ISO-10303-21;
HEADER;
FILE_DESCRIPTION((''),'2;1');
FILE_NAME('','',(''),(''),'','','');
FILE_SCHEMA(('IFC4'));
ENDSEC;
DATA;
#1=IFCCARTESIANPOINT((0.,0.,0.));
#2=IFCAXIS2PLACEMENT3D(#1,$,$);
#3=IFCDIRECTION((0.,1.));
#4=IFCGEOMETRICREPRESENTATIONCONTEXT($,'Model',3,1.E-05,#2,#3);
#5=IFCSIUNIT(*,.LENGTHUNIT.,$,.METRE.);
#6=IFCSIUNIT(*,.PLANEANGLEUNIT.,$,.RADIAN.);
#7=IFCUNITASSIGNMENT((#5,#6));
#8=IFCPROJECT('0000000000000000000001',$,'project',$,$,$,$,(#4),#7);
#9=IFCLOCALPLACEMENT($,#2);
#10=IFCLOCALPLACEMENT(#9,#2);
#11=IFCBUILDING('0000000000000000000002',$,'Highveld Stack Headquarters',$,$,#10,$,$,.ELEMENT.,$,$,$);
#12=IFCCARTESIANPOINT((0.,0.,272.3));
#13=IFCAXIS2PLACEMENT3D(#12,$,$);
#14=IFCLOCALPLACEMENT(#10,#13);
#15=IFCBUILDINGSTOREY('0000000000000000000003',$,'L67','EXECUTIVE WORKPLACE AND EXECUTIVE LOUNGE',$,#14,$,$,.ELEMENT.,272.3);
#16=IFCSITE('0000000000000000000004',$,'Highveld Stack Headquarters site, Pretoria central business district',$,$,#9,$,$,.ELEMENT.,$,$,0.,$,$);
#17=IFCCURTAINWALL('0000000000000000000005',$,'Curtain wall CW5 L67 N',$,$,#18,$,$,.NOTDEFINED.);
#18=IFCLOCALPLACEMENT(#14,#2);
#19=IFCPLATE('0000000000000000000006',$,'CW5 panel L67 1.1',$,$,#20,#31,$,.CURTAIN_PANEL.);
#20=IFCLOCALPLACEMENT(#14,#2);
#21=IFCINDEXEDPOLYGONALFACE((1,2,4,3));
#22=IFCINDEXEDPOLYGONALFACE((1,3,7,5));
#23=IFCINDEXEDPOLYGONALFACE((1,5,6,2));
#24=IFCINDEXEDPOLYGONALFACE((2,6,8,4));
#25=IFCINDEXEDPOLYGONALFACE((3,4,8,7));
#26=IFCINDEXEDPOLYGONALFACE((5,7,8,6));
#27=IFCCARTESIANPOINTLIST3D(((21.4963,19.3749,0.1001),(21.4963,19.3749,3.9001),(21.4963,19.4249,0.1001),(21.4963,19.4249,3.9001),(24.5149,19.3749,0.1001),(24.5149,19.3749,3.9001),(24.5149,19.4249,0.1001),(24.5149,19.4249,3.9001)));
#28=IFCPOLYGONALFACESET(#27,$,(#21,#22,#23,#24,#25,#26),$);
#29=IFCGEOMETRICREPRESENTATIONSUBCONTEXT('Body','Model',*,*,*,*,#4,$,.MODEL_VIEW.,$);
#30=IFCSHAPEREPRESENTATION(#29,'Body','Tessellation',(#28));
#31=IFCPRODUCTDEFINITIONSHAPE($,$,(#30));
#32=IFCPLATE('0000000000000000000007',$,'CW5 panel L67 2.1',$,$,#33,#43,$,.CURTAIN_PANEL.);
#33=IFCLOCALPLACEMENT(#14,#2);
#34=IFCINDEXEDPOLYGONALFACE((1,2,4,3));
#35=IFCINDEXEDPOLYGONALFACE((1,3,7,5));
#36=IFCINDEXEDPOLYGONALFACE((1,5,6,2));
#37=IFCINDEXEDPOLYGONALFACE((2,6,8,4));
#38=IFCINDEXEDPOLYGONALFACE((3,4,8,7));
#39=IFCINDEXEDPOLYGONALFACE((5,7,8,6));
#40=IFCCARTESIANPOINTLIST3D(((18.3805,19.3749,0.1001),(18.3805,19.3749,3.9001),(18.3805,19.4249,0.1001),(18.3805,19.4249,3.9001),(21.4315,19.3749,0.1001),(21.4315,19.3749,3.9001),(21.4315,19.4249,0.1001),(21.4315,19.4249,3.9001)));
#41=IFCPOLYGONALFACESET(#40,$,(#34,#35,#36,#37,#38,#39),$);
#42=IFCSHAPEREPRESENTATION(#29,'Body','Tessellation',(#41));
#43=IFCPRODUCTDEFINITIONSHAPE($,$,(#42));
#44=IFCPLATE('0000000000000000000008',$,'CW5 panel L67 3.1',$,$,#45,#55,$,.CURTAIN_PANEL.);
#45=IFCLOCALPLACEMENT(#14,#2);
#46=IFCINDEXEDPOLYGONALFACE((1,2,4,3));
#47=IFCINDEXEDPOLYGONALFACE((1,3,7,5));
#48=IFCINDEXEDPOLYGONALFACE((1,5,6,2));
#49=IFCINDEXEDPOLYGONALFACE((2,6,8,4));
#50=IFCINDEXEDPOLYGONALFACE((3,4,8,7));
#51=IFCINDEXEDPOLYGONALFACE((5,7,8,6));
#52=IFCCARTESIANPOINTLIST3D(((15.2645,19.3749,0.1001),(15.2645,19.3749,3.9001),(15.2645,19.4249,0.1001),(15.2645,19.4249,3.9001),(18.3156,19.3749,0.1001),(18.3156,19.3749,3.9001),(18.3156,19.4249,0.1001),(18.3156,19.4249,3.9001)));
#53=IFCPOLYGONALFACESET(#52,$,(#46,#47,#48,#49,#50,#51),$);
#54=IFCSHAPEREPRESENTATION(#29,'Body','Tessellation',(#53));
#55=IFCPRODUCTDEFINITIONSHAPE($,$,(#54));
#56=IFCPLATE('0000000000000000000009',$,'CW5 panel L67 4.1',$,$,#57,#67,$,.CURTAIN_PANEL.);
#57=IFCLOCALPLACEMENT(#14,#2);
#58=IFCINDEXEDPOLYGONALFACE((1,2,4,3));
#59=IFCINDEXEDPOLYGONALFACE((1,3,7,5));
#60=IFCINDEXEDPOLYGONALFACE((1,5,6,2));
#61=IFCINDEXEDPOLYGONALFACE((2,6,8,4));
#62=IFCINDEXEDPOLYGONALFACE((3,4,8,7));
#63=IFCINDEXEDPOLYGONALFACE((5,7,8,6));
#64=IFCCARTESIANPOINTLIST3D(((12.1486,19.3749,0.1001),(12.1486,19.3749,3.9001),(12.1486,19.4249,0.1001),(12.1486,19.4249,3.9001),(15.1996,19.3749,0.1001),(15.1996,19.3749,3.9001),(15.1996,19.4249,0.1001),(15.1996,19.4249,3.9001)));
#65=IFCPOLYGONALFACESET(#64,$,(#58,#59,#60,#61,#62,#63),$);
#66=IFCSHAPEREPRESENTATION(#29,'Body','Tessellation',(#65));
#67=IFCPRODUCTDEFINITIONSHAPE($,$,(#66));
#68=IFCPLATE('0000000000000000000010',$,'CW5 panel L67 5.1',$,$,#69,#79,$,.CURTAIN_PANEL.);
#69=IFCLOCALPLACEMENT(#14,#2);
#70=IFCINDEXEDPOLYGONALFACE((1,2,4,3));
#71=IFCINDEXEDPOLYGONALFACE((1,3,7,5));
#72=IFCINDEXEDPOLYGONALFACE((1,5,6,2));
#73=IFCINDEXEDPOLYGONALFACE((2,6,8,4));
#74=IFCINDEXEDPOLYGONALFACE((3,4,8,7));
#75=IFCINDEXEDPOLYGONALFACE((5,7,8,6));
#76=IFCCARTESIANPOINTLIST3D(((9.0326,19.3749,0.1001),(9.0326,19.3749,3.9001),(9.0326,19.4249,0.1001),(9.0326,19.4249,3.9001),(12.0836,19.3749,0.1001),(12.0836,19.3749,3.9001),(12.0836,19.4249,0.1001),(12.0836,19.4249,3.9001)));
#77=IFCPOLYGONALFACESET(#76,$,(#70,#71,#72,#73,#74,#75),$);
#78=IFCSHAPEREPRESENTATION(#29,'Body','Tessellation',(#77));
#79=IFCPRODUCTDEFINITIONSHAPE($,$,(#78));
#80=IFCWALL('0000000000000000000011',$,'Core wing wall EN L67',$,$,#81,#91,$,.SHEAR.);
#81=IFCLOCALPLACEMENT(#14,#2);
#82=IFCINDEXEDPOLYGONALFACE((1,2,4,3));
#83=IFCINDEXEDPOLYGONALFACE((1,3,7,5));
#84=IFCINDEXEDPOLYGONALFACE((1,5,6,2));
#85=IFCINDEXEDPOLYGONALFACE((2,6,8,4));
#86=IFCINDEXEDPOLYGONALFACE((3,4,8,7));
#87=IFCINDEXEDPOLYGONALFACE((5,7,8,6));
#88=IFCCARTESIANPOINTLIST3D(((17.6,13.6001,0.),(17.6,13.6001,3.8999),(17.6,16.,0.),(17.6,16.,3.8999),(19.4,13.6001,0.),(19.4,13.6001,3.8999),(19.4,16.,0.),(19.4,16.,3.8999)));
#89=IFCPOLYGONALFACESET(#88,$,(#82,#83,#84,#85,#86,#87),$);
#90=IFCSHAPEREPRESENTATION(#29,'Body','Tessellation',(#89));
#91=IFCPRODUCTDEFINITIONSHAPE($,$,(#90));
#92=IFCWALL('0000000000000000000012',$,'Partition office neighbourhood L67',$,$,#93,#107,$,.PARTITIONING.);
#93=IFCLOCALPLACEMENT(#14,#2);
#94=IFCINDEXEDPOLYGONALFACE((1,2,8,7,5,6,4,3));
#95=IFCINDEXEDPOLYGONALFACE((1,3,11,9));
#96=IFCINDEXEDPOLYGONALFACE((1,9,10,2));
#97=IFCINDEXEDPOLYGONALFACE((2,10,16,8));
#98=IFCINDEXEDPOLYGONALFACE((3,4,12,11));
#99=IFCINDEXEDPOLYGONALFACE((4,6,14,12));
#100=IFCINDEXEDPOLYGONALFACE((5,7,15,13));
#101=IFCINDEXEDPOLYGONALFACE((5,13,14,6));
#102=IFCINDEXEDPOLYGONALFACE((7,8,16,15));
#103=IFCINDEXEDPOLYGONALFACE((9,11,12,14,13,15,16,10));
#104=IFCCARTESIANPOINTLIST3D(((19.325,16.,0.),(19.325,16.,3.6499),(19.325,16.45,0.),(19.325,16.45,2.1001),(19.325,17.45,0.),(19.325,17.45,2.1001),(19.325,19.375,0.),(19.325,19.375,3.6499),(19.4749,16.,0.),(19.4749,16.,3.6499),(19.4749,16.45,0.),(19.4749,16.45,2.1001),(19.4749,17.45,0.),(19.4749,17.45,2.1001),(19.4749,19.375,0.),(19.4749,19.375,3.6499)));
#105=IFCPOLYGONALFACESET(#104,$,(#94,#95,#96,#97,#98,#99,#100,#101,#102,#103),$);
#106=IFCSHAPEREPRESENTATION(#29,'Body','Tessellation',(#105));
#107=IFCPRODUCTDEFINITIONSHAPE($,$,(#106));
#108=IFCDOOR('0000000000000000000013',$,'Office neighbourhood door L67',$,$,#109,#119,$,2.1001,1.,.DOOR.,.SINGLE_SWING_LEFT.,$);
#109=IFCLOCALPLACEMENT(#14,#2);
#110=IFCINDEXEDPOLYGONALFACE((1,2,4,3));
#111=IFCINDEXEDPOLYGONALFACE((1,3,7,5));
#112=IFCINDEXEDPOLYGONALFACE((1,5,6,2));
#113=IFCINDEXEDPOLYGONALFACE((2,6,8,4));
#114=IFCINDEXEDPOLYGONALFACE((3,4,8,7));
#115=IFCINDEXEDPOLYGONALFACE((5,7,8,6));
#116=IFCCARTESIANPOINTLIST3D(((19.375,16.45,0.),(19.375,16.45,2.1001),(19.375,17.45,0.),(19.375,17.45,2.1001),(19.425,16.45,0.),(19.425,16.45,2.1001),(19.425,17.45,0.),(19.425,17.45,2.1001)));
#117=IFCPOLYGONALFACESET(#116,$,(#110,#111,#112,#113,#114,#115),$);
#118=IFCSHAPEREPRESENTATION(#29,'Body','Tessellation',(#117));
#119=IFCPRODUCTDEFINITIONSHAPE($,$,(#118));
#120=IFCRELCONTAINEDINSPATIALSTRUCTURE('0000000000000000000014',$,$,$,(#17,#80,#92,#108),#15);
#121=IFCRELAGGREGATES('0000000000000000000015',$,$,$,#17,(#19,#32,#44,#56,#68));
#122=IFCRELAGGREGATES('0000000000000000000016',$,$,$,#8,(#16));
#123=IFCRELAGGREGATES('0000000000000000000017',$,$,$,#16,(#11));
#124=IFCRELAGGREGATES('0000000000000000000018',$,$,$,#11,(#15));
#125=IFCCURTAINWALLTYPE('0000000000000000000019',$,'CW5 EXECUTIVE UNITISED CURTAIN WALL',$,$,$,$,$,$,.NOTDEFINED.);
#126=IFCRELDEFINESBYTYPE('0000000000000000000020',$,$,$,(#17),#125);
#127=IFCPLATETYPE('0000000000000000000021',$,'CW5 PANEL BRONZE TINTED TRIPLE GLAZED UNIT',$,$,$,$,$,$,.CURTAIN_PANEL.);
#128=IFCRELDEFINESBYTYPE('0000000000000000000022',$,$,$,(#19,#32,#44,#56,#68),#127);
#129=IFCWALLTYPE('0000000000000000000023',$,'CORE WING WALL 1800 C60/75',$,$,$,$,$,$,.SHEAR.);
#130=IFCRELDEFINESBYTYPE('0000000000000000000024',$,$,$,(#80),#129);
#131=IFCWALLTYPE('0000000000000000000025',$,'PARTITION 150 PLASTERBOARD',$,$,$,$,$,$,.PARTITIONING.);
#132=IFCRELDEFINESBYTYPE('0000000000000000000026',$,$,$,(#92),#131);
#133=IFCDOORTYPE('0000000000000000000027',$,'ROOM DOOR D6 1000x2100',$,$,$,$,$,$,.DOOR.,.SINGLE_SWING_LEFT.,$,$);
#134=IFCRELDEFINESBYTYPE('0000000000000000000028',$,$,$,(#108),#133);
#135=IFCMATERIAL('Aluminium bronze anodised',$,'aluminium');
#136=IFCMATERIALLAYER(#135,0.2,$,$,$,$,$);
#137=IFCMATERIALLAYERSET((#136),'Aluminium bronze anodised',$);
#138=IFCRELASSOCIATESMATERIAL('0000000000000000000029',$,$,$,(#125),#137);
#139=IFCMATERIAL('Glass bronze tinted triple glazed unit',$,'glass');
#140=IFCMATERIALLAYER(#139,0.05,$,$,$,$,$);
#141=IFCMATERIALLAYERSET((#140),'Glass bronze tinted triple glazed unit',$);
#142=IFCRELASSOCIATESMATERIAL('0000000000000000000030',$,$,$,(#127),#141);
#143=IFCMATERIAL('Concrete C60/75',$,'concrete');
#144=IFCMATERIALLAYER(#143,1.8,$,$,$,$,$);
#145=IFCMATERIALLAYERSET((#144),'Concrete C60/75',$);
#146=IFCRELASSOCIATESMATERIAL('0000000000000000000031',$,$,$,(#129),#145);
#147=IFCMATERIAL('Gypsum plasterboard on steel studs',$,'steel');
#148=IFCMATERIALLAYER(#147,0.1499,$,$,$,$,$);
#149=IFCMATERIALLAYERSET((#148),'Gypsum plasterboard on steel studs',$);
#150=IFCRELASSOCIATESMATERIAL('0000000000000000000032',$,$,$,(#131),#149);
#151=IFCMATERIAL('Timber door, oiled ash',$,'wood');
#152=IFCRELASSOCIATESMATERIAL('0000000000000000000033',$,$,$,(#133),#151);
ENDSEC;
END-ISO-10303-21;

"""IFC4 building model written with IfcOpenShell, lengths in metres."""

from ifc_helpers import new_model, si_unit, direction, frame, frame_2d, origin, origin_2d, place, context, subcontext, project, spatial, rectangle, extrude, material, layer, layer_set, type_object, element, fill, aggregate, save


model = new_model("IFC4")

# Units and contexts
model_context = context("Model", 3, precision=1e-05, world=origin(), true_north=direction((0.0, 1.0)))
body_context = subcontext(model_context, "Body", "Model", "MODEL_VIEW")
ifc_project = project(units=[si_unit("LENGTHUNIT", "METRE"), si_unit("PLANEANGLEUNIT", "RADIAN")], contexts=[model_context])

# Site, building, storey
site_placement = place(None, origin())
site = spatial("IfcSite", under=ifc_project, at=site_placement, Name="Highveld Stack Headquarters site, Pretoria central business district", CompositionType="ELEMENT", RefElevation=0.0)
building_placement = place(site_placement, origin())
building = spatial("IfcBuilding", under=site, at=building_placement, Name="Highveld Stack Headquarters", CompositionType="ELEMENT")
storey_placement = place(building_placement, frame((0.0, 0.0, 272.3)))
storey = spatial("IfcBuildingStorey", under=building, at=storey_placement, Name="L67", Description="EXECUTIVE WORKPLACE AND EXECUTIVE LOUNGE", CompositionType="ELEMENT", Elevation=272.3)

# Curtain wall, plates
ifc_material_1 = material(Name="Aluminium bronze anodised", Category="aluminium")
ifc_layer_1 = layer(ifc_material_1, 0.2)
ifc_layer_set_1 = layer_set([ifc_layer_1], Name="Aluminium bronze anodised")
curtain_wall_type = type_object("IfcCurtainWallType", Name="CW5 EXECUTIVE UNITISED CURTAIN WALL", PredefinedType="NOTDEFINED", material=ifc_layer_set_1)
curtain_wall_placement = place(storey_placement, origin())
curtain_wall = element("IfcCurtainWall", 1, at=curtain_wall_placement, inside=storey, type_object=curtain_wall_type, Name="Curtain wall CW5 L67 N", PredefinedType="NOTDEFINED")
ifc_material_2 = material(Name="Glass bronze tinted triple glazed unit", Category="glass")
ifc_layer_2 = layer(ifc_material_2, 0.05)
ifc_layer_set_2 = layer_set([ifc_layer_2], Name="Glass bronze tinted triple glazed unit")
plate_type = type_object("IfcPlateType", Name="CW5 PANEL BRONZE TINTED TRIPLE GLAZED UNIT", PredefinedType="CURTAIN_PANEL", material=ifc_layer_set_2)
plate_1_placement = place(storey_placement, frame((23.0056, 19.3999, 0.1001), z_axis=(0.0, 0.0, 1.0), x_axis=(-1.0, 0.0, 0.0)))
plate_1 = element("IfcPlate", 2, at=plate_1_placement, type_object=plate_type, Name="CW5 panel L67 1.1", PredefinedType="CURTAIN_PANEL", context=body_context, shape_type="SweptSolid", body=[
    extrude(rectangle(XDim=3.0186, YDim=0.05, at=origin_2d()), origin(), (0.0, 0.0, 1.0), 3.8),
])
plate_2_placement = place(storey_placement, frame((19.906, 19.3999, 0.1001), z_axis=(0.0, 0.0, 1.0), x_axis=(-1.0, 0.0, 0.0)))
plate_2 = element("IfcPlate", 3, at=plate_2_placement, type_object=plate_type, Name="CW5 panel L67 2.1", PredefinedType="CURTAIN_PANEL", context=body_context, shape_type="SweptSolid", body=[
    extrude(rectangle(XDim=3.051, YDim=0.05, at=origin_2d()), origin(), (0.0, 0.0, 1.0), 3.8),
])
plate_3_placement = place(storey_placement, frame((16.79, 19.3999, 0.1001), z_axis=(0.0, 0.0, 1.0), x_axis=(-1.0, 0.0, 0.0)))
plate_3 = element("IfcPlate", 4, at=plate_3_placement, type_object=plate_type, Name="CW5 panel L67 3.1", PredefinedType="CURTAIN_PANEL", context=body_context, shape_type="SweptSolid", body=[
    extrude(rectangle(XDim=3.051, YDim=0.05, at=origin_2d()), origin(), (0.0, 0.0, 1.0), 3.8),
])
plate_4_placement = place(storey_placement, frame((13.6741, 19.3999, 0.1001), z_axis=(0.0, 0.0, 1.0), x_axis=(-1.0, 0.0, 0.0)))
plate_4 = element("IfcPlate", 5, at=plate_4_placement, type_object=plate_type, Name="CW5 panel L67 4.1", PredefinedType="CURTAIN_PANEL", context=body_context, shape_type="SweptSolid", body=[
    extrude(rectangle(XDim=3.051, YDim=0.05, at=origin_2d()), origin(), (0.0, 0.0, 1.0), 3.8),
])
plate_5_placement = place(storey_placement, frame((10.5581, 19.3999, 0.1001), z_axis=(0.0, 0.0, 1.0), x_axis=(-1.0, 0.0, 0.0)))
plate_5 = element("IfcPlate", 6, at=plate_5_placement, type_object=plate_type, Name="CW5 panel L67 5.1", PredefinedType="CURTAIN_PANEL", context=body_context, shape_type="SweptSolid", body=[
    extrude(rectangle(XDim=3.051, YDim=0.05, at=origin_2d()), origin(), (0.0, 0.0, 1.0), 3.8),
])
aggregate(curtain_wall, [plate_1, plate_2, plate_3, plate_4, plate_5])

# Wall
ifc_material_3 = material(Name="Concrete C60/75", Category="concrete")
ifc_layer_3 = layer(ifc_material_3, 1.8)
ifc_layer_set_3 = layer_set([ifc_layer_3], Name="Concrete C60/75")
wall_type_1 = type_object("IfcWallType", Name="CORE WING WALL 1800 C60/75", PredefinedType="SHEAR", material=ifc_layer_set_3)
wall_1_placement = place(storey_placement, frame((18.5, 13.6001, 0.0), z_axis=(0.0, 0.0, 1.0), x_axis=(0.0, 1.0, 0.0)))
element("IfcWall", 7, at=wall_1_placement, inside=storey, type_object=wall_type_1, Name="Core wing wall EN L67", PredefinedType="SHEAR", context=body_context, shape_type="SweptSolid", body=[
    extrude(rectangle(XDim=2.3999, YDim=1.8, at=frame_2d((1.2, 0.0))), origin(), (0.0, 0.0, 1.0), 3.8999),
])

# Wall, opening, door
ifc_material_4 = material(Name="Gypsum plasterboard on steel studs", Category="steel")
ifc_layer_4 = layer(ifc_material_4, 0.1499)
ifc_layer_set_4 = layer_set([ifc_layer_4], Name="Gypsum plasterboard on steel studs")
wall_type_2 = type_object("IfcWallType", Name="PARTITION 150 PLASTERBOARD", PredefinedType="PARTITIONING", material=ifc_layer_set_4)
wall_2_placement = place(storey_placement, frame((19.3999, 16.0, 0.0), z_axis=(0.0, 0.0, 1.0), x_axis=(0.0, 1.0, 0.0)))
wall_2 = element("IfcWall", 8, at=wall_2_placement, inside=storey, type_object=wall_type_2, Name="Partition office neighbourhood L67", PredefinedType="PARTITIONING", context=body_context, shape_type="SweptSolid", body=[
    extrude(rectangle(XDim=3.375, YDim=0.1499, at=frame_2d((1.6875, 0.0))), origin(), (0.0, 0.0, 1.0), 3.6499),
])
opening_placement = place(wall_2_placement, frame((0.45, 0.0, 0.0)))
opening = element("IfcOpeningElement", 9, at=opening_placement, cuts=wall_2, PredefinedType="OPENING", context=body_context, shape_type="SweptSolid", body=[
    extrude(rectangle(XDim=1.0, YDim=2.1001, at=frame_2d((0.5, 1.05))), frame((0.0, 0.085, 0.0), z_axis=(0.0, -1.0, 0.0), x_axis=(1.0, 0.0, 0.0)), (0.0, 0.0, 1.0), 0.1699),
])
ifc_material_5 = material(Name="Timber door, oiled ash", Category="wood")
door_type = type_object("IfcDoorType", Name="ROOM DOOR D6 1000x2100", OperationType="SINGLE_SWING_LEFT", PredefinedType="DOOR", material=ifc_material_5)
door_placement = place(opening_placement, origin())
door = element("IfcDoor", 10, at=door_placement, inside=storey, type_object=door_type, Name="Office neighbourhood door L67", OperationType="SINGLE_SWING_LEFT", OverallHeight=2.1001, OverallWidth=1.0, PredefinedType="DOOR", context=body_context, shape_type="SweptSolid", body=[
    extrude(rectangle(XDim=1.0, YDim=2.1001, at=frame_2d((0.5, 1.05))), frame((0.0, 0.0249, 0.0), z_axis=(0.0, -1.0, 0.0), x_axis=(1.0, 0.0, 0.0)), (0.0, 0.0, 1.0), 0.05),
])
fill(opening, door)

save(model, "model.ifc")
